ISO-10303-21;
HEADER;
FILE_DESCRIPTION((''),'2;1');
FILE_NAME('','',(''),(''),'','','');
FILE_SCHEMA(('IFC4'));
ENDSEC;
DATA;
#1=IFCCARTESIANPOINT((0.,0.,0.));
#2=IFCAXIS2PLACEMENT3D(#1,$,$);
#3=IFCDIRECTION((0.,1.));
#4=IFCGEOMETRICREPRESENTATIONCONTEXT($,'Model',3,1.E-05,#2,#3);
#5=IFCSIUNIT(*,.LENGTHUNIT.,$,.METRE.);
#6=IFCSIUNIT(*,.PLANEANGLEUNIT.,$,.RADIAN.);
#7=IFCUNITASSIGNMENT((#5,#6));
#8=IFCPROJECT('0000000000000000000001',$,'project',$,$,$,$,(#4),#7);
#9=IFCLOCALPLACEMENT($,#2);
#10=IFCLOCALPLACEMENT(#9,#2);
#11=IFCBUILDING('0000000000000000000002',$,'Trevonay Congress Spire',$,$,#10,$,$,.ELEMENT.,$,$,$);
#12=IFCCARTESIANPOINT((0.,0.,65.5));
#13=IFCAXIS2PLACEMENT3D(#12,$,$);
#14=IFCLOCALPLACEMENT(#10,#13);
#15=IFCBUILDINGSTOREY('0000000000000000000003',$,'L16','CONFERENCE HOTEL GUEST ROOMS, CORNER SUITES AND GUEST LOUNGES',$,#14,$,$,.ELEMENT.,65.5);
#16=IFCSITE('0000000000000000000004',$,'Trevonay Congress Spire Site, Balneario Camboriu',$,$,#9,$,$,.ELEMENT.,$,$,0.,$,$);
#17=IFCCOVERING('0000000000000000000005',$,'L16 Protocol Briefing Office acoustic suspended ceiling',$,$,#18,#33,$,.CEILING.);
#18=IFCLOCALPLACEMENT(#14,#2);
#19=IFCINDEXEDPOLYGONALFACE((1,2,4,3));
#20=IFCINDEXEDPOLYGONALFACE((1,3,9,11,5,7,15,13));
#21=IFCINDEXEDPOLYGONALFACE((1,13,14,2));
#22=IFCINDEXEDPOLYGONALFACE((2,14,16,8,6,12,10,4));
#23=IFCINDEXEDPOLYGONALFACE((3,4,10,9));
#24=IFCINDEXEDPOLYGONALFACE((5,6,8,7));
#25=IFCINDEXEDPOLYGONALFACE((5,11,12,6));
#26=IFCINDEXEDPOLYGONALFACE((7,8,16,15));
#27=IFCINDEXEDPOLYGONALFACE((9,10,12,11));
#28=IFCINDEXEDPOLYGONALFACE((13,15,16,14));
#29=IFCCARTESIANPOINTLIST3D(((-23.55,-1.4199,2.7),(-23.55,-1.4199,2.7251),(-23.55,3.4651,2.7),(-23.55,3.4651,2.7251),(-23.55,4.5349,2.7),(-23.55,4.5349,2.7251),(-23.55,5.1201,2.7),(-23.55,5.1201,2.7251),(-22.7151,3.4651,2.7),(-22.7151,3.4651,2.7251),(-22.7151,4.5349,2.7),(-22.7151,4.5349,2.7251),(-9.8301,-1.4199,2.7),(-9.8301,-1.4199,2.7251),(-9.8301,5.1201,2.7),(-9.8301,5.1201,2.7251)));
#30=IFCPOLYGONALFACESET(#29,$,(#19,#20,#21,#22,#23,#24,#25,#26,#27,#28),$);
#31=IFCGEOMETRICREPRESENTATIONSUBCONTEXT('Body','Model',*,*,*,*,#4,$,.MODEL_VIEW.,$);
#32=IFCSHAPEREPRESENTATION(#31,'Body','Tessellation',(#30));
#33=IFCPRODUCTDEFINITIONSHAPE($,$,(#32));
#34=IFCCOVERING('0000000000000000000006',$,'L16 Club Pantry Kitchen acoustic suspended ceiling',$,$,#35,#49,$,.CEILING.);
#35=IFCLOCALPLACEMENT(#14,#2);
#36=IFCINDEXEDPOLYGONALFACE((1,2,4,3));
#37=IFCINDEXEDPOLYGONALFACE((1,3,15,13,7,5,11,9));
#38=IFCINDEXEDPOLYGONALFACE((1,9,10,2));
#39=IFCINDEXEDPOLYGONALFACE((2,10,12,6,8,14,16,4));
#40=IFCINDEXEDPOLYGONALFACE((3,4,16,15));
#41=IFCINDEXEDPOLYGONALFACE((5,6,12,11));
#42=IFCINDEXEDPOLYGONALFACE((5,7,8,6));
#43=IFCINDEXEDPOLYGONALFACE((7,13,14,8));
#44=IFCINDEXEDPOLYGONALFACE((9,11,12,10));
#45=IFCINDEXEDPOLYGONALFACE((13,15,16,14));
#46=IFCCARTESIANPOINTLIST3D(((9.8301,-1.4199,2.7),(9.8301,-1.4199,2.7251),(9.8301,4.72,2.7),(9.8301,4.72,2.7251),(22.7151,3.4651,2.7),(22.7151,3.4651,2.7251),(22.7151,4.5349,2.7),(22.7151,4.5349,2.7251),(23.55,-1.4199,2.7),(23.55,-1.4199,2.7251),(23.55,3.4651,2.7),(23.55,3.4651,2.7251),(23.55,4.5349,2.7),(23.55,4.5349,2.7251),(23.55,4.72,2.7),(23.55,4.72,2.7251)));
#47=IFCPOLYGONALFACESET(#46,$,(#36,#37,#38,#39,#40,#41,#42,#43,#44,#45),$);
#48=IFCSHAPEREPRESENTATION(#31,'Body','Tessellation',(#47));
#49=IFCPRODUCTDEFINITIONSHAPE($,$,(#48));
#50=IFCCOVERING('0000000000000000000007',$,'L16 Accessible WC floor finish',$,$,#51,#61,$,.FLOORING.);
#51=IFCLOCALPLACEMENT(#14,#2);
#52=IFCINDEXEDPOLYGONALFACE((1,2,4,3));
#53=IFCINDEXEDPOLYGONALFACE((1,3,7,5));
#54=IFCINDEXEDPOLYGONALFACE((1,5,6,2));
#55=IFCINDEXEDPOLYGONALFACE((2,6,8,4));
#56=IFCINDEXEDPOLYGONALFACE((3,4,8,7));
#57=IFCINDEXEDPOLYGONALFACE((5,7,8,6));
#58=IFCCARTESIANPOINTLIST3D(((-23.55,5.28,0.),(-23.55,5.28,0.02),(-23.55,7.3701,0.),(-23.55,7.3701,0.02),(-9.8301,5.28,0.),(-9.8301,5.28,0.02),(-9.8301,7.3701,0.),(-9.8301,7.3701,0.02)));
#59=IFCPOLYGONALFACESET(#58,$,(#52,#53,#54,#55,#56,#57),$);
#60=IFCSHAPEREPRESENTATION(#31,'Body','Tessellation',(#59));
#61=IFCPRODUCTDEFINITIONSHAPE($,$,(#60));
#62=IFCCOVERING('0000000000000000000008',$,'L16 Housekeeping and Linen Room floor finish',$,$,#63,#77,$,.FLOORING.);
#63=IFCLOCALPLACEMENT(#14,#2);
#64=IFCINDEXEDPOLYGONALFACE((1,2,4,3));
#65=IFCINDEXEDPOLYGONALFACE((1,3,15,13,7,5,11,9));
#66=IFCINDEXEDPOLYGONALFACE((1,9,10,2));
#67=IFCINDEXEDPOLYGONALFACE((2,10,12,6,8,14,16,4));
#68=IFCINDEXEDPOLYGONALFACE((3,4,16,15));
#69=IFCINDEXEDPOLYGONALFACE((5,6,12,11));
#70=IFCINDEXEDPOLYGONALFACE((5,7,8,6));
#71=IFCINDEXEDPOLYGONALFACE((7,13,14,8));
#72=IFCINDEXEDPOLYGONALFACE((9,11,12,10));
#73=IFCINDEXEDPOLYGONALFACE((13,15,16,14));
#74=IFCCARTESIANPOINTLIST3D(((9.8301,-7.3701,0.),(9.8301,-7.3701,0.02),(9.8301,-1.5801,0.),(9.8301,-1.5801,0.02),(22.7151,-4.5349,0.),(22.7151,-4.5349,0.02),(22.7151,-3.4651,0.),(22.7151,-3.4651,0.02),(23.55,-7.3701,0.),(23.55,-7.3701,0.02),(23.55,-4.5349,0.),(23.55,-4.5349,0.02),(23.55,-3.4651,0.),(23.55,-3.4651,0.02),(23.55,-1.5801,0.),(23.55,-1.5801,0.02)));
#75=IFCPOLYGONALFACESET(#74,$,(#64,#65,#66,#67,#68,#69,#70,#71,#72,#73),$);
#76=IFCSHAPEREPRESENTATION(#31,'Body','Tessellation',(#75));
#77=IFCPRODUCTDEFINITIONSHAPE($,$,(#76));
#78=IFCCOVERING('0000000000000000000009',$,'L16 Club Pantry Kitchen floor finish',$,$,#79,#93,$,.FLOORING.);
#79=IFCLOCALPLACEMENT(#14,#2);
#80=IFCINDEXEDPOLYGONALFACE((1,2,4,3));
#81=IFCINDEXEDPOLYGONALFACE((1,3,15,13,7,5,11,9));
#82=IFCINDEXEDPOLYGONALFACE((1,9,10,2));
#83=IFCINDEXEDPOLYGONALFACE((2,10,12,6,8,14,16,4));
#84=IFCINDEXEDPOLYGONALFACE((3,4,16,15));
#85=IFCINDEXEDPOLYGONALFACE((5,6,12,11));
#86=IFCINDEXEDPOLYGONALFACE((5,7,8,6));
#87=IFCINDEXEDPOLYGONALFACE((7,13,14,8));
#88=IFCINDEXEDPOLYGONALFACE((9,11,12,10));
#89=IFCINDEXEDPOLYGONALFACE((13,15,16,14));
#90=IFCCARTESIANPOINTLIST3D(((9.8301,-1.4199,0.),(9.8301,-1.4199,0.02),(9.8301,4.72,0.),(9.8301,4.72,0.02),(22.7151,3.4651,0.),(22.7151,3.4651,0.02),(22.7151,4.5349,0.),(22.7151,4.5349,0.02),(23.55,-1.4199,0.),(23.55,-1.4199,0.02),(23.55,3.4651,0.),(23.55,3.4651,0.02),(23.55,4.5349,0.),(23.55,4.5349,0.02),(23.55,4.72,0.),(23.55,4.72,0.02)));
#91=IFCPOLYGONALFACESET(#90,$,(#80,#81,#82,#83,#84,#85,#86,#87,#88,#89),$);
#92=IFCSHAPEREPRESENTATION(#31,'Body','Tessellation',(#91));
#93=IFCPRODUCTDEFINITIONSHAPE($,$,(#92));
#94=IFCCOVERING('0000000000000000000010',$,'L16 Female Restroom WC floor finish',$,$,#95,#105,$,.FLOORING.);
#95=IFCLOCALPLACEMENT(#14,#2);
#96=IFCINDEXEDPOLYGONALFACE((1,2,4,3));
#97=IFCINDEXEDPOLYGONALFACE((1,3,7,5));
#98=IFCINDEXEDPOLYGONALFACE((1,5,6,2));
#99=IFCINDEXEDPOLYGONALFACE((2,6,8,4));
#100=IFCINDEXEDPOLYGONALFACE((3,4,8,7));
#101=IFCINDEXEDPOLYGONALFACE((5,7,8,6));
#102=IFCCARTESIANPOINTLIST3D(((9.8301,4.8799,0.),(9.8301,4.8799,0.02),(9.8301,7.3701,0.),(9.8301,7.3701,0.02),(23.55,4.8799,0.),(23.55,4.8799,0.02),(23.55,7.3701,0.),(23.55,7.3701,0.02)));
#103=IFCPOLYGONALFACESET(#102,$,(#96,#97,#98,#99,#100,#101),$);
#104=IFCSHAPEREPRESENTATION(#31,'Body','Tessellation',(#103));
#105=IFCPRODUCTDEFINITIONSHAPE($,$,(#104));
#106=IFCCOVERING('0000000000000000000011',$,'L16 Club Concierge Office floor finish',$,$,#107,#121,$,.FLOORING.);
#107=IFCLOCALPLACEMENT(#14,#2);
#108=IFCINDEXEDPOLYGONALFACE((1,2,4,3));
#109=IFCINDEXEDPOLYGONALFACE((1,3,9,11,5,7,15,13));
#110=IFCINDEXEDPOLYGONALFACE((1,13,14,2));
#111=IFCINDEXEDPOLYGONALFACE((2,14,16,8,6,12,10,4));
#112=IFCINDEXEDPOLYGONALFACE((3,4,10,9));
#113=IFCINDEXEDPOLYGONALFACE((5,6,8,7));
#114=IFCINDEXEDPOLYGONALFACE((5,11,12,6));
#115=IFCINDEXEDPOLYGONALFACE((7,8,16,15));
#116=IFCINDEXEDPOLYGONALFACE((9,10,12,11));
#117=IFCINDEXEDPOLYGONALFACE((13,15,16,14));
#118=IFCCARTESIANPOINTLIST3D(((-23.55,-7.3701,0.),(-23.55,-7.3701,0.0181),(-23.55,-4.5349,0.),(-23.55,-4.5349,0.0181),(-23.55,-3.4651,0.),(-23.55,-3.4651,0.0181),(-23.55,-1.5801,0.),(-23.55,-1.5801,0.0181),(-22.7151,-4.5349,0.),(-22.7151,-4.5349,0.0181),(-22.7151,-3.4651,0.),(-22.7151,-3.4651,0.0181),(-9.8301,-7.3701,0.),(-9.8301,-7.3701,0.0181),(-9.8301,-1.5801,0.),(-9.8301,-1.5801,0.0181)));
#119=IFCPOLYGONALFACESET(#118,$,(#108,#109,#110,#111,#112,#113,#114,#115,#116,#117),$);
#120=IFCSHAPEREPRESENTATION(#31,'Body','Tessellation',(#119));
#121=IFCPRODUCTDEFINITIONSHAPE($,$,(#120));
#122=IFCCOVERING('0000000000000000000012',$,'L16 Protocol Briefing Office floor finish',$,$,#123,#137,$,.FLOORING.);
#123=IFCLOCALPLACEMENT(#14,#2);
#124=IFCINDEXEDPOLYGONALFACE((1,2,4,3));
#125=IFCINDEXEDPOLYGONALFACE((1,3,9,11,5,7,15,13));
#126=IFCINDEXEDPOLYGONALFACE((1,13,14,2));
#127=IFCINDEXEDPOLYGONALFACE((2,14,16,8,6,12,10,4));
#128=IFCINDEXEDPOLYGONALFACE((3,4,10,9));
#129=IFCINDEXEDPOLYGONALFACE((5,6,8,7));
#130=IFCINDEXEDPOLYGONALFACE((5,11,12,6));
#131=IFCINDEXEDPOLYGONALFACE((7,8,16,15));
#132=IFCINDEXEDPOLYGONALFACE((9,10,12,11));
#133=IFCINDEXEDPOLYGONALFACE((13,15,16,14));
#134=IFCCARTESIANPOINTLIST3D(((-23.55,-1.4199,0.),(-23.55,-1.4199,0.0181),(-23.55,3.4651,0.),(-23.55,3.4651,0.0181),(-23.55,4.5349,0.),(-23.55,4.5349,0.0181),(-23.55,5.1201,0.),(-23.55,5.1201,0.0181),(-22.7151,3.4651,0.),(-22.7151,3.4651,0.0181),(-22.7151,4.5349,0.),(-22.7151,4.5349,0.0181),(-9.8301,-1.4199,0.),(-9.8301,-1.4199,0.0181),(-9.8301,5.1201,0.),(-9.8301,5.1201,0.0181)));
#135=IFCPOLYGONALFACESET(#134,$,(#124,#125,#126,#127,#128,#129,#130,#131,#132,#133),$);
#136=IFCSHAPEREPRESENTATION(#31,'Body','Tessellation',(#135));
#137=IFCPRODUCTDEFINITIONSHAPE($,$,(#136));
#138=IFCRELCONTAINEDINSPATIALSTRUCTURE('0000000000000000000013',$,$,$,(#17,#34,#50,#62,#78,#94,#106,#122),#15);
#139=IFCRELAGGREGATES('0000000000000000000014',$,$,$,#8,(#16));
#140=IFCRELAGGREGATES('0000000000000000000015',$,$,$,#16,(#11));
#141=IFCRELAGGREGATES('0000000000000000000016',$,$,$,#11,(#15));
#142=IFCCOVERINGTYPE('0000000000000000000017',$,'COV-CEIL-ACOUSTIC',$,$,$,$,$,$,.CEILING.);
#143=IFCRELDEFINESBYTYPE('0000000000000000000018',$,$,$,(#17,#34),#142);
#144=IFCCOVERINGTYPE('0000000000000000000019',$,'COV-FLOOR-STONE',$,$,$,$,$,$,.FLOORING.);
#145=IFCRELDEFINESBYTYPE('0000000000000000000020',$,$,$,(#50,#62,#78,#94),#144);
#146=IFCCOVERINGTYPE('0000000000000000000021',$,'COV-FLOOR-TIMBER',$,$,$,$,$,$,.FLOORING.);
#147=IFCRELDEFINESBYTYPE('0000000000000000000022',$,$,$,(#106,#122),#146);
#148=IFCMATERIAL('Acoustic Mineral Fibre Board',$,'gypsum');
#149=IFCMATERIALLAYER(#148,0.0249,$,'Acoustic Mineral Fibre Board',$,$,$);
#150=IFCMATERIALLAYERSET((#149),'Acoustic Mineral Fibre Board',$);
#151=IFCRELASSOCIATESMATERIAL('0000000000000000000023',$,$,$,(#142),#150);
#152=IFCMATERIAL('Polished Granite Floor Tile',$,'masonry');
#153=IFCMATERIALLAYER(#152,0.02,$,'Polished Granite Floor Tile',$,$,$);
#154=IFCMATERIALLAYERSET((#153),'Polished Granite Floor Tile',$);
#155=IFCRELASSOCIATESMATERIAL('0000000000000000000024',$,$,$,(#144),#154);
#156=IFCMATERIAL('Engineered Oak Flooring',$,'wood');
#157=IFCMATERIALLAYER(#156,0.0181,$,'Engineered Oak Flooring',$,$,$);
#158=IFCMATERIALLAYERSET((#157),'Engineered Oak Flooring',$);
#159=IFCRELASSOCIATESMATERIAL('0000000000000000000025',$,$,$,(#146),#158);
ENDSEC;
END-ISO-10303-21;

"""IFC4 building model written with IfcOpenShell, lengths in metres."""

from ifc_helpers import new_model, si_unit, direction, frame, origin, place, context, subcontext, project, spatial, polyline, outline, extrude, material, layer, layer_set, type_object, element, save


model = new_model("IFC4")

# Units and contexts
model_context = context("Model", 3, precision=1e-05, world=origin(), true_north=direction((0.0, 1.0)))
body_context = subcontext(model_context, "Body", "Model", "MODEL_VIEW")
ifc_project = project(units=[si_unit("LENGTHUNIT", "METRE"), si_unit("PLANEANGLEUNIT", "RADIAN")], contexts=[model_context])

# Site, building, storey
site_placement = place(None, origin())
site = spatial("IfcSite", under=ifc_project, at=site_placement, Name="Trevonay Congress Spire Site, Balneario Camboriu", CompositionType="ELEMENT", RefElevation=0.0)
building_placement = place(site_placement, origin())
building = spatial("IfcBuilding", under=site, at=building_placement, Name="Trevonay Congress Spire", CompositionType="ELEMENT")
storey_placement = place(building_placement, frame((0.0, 0.0, 65.5)))
storey = spatial("IfcBuildingStorey", under=building, at=storey_placement, Name="L16", Description="CONFERENCE HOTEL GUEST ROOMS, CORNER SUITES AND GUEST LOUNGES", CompositionType="ELEMENT", Elevation=65.5)

# Coverings
ifc_material_1 = material(Name="Acoustic Mineral Fibre Board", Category="gypsum")
ifc_layer_1 = layer(ifc_material_1, 0.0249, Name="Acoustic Mineral Fibre Board")
ifc_layer_set_1 = layer_set([ifc_layer_1], Name="Acoustic Mineral Fibre Board")
covering_type_1 = type_object("IfcCoveringType", Name="COV-CEIL-ACOUSTIC", PredefinedType="CEILING", material=ifc_layer_set_1)
covering_1_placement = place(storey_placement, frame((0.0, 0.0, 2.7)))
element("IfcCovering", 1, at=covering_1_placement, inside=storey, type_object=covering_type_1, Name="L16 Protocol Briefing Office acoustic suspended ceiling", PredefinedType="CEILING", context=body_context, shape_type="SweptSolid", body=[
    extrude(outline(polyline([(-23.55, 5.1201), (-9.8301, 5.1201), (-9.8301, -1.4199), (-23.55, -1.4199), (-23.55, 3.4651), (-22.7151, 3.4651), (-22.7151, 4.5349), (-23.55, 4.5349), (-23.55, 5.1201)])), origin(), (0.0, 0.0, 1.0), 0.0251),
])
covering_2_placement = place(storey_placement, frame((0.0, 0.0, 2.7)))
element("IfcCovering", 2, at=covering_2_placement, inside=storey, type_object=covering_type_1, Name="L16 Club Pantry Kitchen acoustic suspended ceiling", PredefinedType="CEILING", context=body_context, shape_type="SweptSolid", body=[
    extrude(outline(polyline([(23.55, -1.4199), (9.8301, -1.4199), (9.8301, 4.72), (23.55, 4.72), (23.55, 4.5349), (22.7151, 4.5349), (22.7151, 3.4651), (23.55, 3.4651), (23.55, -1.4199)])), origin(), (0.0, 0.0, 1.0), 0.0251),
])
ifc_material_2 = material(Name="Polished Granite Floor Tile", Category="masonry")
ifc_layer_2 = layer(ifc_material_2, 0.02, Name="Polished Granite Floor Tile")
ifc_layer_set_2 = layer_set([ifc_layer_2], Name="Polished Granite Floor Tile")
covering_type_2 = type_object("IfcCoveringType", Name="COV-FLOOR-STONE", PredefinedType="FLOORING", material=ifc_layer_set_2)
covering_3_placement = place(storey_placement, origin())
element("IfcCovering", 3, at=covering_3_placement, inside=storey, type_object=covering_type_2, Name="L16 Accessible WC floor finish", PredefinedType="FLOORING", context=body_context, shape_type="SweptSolid", body=[
    extrude(outline(polyline([(-23.55, 5.28), (-9.8301, 5.28), (-9.8301, 7.3701), (-23.55, 7.3701), (-23.55, 5.28)])), origin(), (0.0, 0.0, 1.0), 0.02),
])
covering_4_placement = place(storey_placement, origin())
element("IfcCovering", 4, at=covering_4_placement, inside=storey, type_object=covering_type_2, Name="L16 Housekeeping and Linen Room floor finish", PredefinedType="FLOORING", context=body_context, shape_type="SweptSolid", body=[
    extrude(outline(polyline([(23.55, -7.3701), (9.8301, -7.3701), (9.8301, -1.5801), (23.55, -1.5801), (23.55, -3.4651), (22.7151, -3.4651), (22.7151, -4.5349), (23.55, -4.5349), (23.55, -7.3701)])), origin(), (0.0, 0.0, 1.0), 0.02),
])
covering_5_placement = place(storey_placement, origin())
element("IfcCovering", 5, at=covering_5_placement, inside=storey, type_object=covering_type_2, Name="L16 Club Pantry Kitchen floor finish", PredefinedType="FLOORING", context=body_context, shape_type="SweptSolid", body=[
    extrude(outline(polyline([(23.55, -1.4199), (9.8301, -1.4199), (9.8301, 4.72), (23.55, 4.72), (23.55, 4.5349), (22.7151, 4.5349), (22.7151, 3.4651), (23.55, 3.4651), (23.55, -1.4199)])), origin(), (0.0, 0.0, 1.0), 0.02),
])
covering_6_placement = place(storey_placement, origin())
element("IfcCovering", 6, at=covering_6_placement, inside=storey, type_object=covering_type_2, Name="L16 Female Restroom WC floor finish", PredefinedType="FLOORING", context=body_context, shape_type="SweptSolid", body=[
    extrude(outline(polyline([(9.8301, 4.8799), (23.55, 4.8799), (23.55, 7.3701), (9.8301, 7.3701), (9.8301, 4.8799)])), origin(), (0.0, 0.0, 1.0), 0.02),
])
ifc_material_3 = material(Name="Engineered Oak Flooring", Category="wood")
ifc_layer_3 = layer(ifc_material_3, 0.0181, Name="Engineered Oak Flooring")
ifc_layer_set_3 = layer_set([ifc_layer_3], Name="Engineered Oak Flooring")
covering_type_3 = type_object("IfcCoveringType", Name="COV-FLOOR-TIMBER", PredefinedType="FLOORING", material=ifc_layer_set_3)
covering_7_placement = place(storey_placement, origin())
element("IfcCovering", 7, at=covering_7_placement, inside=storey, type_object=covering_type_3, Name="L16 Club Concierge Office floor finish", PredefinedType="FLOORING", context=body_context, shape_type="SweptSolid", body=[
    extrude(outline(polyline([(-23.55, -1.5801), (-9.8301, -1.5801), (-9.8301, -7.3701), (-23.55, -7.3701), (-23.55, -4.5349), (-22.7151, -4.5349), (-22.7151, -3.4651), (-23.55, -3.4651), (-23.55, -1.5801)])), origin(), (0.0, 0.0, 1.0), 0.0181),
])
covering_8_placement = place(storey_placement, origin())
element("IfcCovering", 8, at=covering_8_placement, inside=storey, type_object=covering_type_3, Name="L16 Protocol Briefing Office floor finish", PredefinedType="FLOORING", context=body_context, shape_type="SweptSolid", body=[
    extrude(outline(polyline([(-23.55, 5.1201), (-9.8301, 5.1201), (-9.8301, -1.4199), (-23.55, -1.4199), (-23.55, 3.4651), (-22.7151, 3.4651), (-22.7151, 4.5349), (-23.55, 4.5349), (-23.55, 5.1201)])), origin(), (0.0, 0.0, 1.0), 0.0181),
])

save(model, "model.ifc")
